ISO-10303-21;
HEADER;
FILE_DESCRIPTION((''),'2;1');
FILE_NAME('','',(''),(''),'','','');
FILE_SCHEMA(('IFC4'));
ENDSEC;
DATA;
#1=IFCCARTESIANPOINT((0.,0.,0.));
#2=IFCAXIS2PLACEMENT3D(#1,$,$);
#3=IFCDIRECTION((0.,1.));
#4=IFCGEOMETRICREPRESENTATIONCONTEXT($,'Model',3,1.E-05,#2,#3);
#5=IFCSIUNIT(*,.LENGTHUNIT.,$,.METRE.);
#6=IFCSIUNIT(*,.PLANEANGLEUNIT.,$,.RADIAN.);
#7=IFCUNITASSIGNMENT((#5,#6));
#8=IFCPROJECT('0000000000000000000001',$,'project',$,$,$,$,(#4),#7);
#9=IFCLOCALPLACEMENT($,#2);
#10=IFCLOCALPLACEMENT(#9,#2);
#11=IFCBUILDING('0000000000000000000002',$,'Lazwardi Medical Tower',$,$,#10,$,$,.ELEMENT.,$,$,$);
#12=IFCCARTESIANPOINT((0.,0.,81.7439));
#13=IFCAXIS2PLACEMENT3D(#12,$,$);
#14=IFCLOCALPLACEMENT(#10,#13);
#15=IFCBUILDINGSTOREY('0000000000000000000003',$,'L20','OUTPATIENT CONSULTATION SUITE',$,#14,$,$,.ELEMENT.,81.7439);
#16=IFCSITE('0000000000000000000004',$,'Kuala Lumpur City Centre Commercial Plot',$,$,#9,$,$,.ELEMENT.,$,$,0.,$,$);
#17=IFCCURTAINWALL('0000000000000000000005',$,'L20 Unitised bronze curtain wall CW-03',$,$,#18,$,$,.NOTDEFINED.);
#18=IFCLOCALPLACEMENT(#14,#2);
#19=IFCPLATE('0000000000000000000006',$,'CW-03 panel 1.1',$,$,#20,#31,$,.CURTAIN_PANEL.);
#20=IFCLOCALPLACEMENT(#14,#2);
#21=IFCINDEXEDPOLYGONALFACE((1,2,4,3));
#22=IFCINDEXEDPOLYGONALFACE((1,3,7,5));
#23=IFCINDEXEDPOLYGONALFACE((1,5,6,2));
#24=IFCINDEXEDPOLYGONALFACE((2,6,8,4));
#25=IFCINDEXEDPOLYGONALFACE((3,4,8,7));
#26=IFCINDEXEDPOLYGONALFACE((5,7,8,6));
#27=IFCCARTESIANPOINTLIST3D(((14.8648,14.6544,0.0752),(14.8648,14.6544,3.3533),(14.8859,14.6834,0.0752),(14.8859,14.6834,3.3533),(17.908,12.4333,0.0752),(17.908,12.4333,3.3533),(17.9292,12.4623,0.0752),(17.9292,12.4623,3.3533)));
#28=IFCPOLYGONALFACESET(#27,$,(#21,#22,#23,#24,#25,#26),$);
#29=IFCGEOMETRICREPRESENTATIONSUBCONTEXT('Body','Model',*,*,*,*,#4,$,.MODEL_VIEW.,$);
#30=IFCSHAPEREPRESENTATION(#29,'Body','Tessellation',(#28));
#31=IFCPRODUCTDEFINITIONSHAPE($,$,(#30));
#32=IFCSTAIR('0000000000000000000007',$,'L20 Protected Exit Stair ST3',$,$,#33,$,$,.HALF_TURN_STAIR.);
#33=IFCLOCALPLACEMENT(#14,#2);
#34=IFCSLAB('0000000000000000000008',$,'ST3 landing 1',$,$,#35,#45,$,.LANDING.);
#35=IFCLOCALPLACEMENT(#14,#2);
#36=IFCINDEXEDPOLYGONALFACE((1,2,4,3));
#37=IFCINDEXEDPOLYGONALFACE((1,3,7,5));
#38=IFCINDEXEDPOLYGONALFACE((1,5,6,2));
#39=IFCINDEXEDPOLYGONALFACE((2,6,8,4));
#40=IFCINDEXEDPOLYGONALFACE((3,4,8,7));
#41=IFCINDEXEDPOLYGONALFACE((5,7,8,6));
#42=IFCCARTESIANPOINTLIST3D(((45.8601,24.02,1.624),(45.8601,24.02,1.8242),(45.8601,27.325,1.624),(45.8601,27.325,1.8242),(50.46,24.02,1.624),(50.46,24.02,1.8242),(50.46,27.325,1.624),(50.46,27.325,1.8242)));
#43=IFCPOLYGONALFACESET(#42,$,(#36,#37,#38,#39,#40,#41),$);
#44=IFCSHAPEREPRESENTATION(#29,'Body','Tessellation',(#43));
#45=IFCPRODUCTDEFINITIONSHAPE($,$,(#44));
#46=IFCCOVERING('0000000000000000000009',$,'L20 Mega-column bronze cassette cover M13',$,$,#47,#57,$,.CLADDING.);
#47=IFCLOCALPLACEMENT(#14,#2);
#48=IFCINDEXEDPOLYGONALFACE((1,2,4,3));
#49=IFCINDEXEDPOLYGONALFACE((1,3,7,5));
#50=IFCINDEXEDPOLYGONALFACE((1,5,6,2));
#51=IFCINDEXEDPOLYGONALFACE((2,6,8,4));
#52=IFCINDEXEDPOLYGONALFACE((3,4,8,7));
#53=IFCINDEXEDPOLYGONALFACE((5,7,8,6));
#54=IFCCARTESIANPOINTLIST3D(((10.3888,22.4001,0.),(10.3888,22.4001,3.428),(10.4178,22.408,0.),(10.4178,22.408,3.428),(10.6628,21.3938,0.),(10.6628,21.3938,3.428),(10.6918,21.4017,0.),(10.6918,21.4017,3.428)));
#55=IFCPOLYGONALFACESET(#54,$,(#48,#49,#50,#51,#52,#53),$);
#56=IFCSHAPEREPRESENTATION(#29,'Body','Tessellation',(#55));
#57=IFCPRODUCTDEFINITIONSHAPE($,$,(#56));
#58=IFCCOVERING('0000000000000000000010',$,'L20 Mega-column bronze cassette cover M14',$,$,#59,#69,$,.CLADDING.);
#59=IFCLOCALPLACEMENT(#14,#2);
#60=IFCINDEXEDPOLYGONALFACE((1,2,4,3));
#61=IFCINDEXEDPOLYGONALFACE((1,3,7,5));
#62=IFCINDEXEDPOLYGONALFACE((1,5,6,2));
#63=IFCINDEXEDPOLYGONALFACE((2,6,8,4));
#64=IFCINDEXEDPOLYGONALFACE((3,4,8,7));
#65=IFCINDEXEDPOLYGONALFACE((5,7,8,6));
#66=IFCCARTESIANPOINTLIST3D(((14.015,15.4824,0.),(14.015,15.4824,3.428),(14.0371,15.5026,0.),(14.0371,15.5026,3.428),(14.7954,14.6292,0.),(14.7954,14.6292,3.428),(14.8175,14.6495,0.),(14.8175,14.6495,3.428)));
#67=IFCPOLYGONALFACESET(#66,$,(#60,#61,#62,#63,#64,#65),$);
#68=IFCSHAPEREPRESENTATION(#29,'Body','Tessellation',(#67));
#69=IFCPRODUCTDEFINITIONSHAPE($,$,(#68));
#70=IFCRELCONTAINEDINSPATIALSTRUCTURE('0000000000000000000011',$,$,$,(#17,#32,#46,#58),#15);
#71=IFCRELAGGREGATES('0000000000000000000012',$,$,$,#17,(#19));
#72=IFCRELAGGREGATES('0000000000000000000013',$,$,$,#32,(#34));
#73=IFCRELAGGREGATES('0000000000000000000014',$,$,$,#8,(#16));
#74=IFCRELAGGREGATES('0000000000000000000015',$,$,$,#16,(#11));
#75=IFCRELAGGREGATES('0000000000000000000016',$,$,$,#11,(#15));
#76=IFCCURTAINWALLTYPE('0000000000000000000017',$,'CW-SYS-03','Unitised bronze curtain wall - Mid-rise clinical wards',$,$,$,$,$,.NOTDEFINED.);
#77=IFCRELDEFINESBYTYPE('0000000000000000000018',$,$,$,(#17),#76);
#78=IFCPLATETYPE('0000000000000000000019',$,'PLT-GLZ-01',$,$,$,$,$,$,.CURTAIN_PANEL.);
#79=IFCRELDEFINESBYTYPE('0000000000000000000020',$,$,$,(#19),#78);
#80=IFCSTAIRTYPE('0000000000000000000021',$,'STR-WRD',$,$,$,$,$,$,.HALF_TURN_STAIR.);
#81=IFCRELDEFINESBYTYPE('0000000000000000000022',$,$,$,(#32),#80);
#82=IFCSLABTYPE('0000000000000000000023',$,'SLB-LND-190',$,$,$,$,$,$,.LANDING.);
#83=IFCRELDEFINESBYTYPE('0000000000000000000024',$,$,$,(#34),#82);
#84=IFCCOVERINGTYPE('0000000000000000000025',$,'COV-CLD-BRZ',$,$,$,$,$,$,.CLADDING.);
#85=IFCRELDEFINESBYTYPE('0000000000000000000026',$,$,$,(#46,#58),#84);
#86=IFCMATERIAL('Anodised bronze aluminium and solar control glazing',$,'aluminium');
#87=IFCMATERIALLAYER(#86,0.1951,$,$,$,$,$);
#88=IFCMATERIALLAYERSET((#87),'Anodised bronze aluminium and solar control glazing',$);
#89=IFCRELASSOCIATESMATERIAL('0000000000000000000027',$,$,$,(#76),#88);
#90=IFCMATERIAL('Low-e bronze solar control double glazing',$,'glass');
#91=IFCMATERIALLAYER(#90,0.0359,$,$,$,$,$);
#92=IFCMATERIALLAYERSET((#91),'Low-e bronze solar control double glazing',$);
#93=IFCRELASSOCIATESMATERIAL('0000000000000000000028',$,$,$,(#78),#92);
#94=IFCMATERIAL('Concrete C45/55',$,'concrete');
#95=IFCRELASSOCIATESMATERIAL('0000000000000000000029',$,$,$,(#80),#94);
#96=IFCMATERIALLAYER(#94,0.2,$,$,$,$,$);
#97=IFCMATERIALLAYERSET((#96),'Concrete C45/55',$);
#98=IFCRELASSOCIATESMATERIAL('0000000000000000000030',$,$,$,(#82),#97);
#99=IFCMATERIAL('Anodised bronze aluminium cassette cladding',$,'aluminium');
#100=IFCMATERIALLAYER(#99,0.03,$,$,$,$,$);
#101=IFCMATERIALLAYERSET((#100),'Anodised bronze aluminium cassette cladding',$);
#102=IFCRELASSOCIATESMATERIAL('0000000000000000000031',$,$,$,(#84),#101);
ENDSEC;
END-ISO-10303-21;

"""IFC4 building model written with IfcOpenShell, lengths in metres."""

from ifc_helpers import new_model, si_unit, direction, frame, origin, origin_2d, place, context, subcontext, project, spatial, polyline, rectangle, outline, extrude, material, layer, layer_set, type_object, element, aggregate, save


model = new_model("IFC4")

# Units and contexts
model_context = context("Model", 3, precision=1e-05, world=origin(), true_north=direction((0.0, 1.0)))
body_context = subcontext(model_context, "Body", "Model", "MODEL_VIEW")
ifc_project = project(units=[si_unit("LENGTHUNIT", "METRE"), si_unit("PLANEANGLEUNIT", "RADIAN")], contexts=[model_context])

# Site, building, storey
site_placement = place(None, origin())
site = spatial("IfcSite", under=ifc_project, at=site_placement, Name="Kuala Lumpur City Centre Commercial Plot", CompositionType="ELEMENT", RefElevation=0.0)
building_placement = place(site_placement, origin())
building = spatial("IfcBuilding", under=site, at=building_placement, Name="Lazwardi Medical Tower", CompositionType="ELEMENT")
storey_placement = place(building_placement, frame((0.0, 0.0, 81.7439)))
storey = spatial("IfcBuildingStorey", under=building, at=storey_placement, Name="L20", Description="OUTPATIENT CONSULTATION SUITE", CompositionType="ELEMENT", Elevation=81.7439)

# Curtain wall
ifc_material_1 = material(Name="Anodised bronze aluminium and solar control glazing", Category="aluminium")
ifc_layer_1 = layer(ifc_material_1, 0.1951)
ifc_layer_set_1 = layer_set([ifc_layer_1], Name="Anodised bronze aluminium and solar control glazing")
curtain_wall_type = type_object("IfcCurtainWallType", Name="CW-SYS-03", Description="Unitised bronze curtain wall - Mid-rise clinical wards", PredefinedType="NOTDEFINED", material=ifc_layer_set_1)
curtain_wall_1_placement = place(storey_placement, origin())
curtain_wall_1 = element("IfcCurtainWall", 1, at=curtain_wall_1_placement, inside=storey, type_object=curtain_wall_type, Name="L20 Unitised bronze curtain wall CW-03", PredefinedType="NOTDEFINED")

# Plate
ifc_material_2 = material(Name="Low-e bronze solar control double glazing", Category="glass")
ifc_layer_2 = layer(ifc_material_2, 0.0359)
ifc_layer_set_2 = layer_set([ifc_layer_2], Name="Low-e bronze solar control double glazing")
plate_type = type_object("IfcPlateType", Name="PLT-GLZ-01", PredefinedType="CURTAIN_PANEL", material=ifc_layer_set_2)
plate_1_placement = place(storey_placement, frame((16.397, 13.5583, 0.0752), z_axis=(0.0, 0.0, 1.0), x_axis=(0.807746, -0.589531, 0.0)))
plate_1 = element("IfcPlate", 2, at=plate_1_placement, type_object=plate_type, Name="CW-03 panel 1.1", PredefinedType="CURTAIN_PANEL", context=body_context, shape_type="SweptSolid", body=[
    extrude(rectangle(XDim=3.7676, YDim=0.0359, at=origin_2d()), origin(), (0.0, 0.0, 1.0), 3.2781),
])
aggregate(curtain_wall_1, [plate_1])

# Stair, slab
ifc_material_3 = material(Name="Concrete C45/55", Category="concrete")
stair_type = type_object("IfcStairType", Name="STR-WRD", PredefinedType="HALF_TURN_STAIR", material=ifc_material_3)
stair_placement = place(storey_placement, origin())
stair = element("IfcStair", 3, at=stair_placement, inside=storey, type_object=stair_type, Name="L20 Protected Exit Stair ST3", PredefinedType="HALF_TURN_STAIR")
ifc_layer_3 = layer(ifc_material_3, 0.2)
ifc_layer_set_3 = layer_set([ifc_layer_3], Name="Concrete C45/55")
slab_type = type_object("IfcSlabType", Name="SLB-LND-190", PredefinedType="LANDING", material=ifc_layer_set_3)
slab_placement = place(storey_placement, frame((0.0, 0.0, 1.624)))
slab = element("IfcSlab", 4, at=slab_placement, type_object=slab_type, Name="ST3 landing 1", PredefinedType="LANDING", context=body_context, shape_type="SweptSolid", body=[
    extrude(outline(polyline([(45.8601, 27.325), (45.8601, 24.02), (50.46, 24.02), (50.46, 27.325), (45.8601, 27.325)])), origin(), (0.0, 0.0, 1.0), 0.2002),
])
aggregate(stair, [slab])

# Coverings
ifc_material_4 = material(Name="Anodised bronze aluminium cassette cladding", Category="aluminium")
ifc_layer_4 = layer(ifc_material_4, 0.03)
ifc_layer_set_4 = layer_set([ifc_layer_4], Name="Anodised bronze aluminium cassette cladding")
covering_type = type_object("IfcCoveringType", Name="COV-CLD-BRZ", PredefinedType="CLADDING", material=ifc_layer_set_4)
covering_1_placement = place(storey_placement, frame((10.5403, 21.9009, 0.0), z_axis=(0.0, 0.0, 1.0), x_axis=(0.262696, -0.964879, 0.0)))
element("IfcCovering", 5, at=covering_1_placement, inside=storey, type_object=covering_type, Name="L20 Mega-column bronze cassette cover M13", PredefinedType="CLADDING", context=body_context, shape_type="SweptSolid", body=[
    extrude(rectangle(XDim=1.043, YDim=0.03, at=origin_2d()), origin(), (0.0, 0.0, 1.0), 3.428),
])
covering_2_placement = place(storey_placement, frame((14.4163, 15.0659, 0.0), z_axis=(0.0, 0.0, 1.0), x_axis=(0.674926, -0.737885, 0.0)))
element("IfcCovering", 6, at=covering_2_placement, inside=storey, type_object=covering_type, Name="L20 Mega-column bronze cassette cover M14", PredefinedType="CLADDING", context=body_context, shape_type="SweptSolid", body=[
    extrude(rectangle(XDim=1.1562, YDim=0.03, at=origin_2d()), origin(), (0.0, 0.0, 1.0), 3.428),
])

save(model, "model.ifc")
